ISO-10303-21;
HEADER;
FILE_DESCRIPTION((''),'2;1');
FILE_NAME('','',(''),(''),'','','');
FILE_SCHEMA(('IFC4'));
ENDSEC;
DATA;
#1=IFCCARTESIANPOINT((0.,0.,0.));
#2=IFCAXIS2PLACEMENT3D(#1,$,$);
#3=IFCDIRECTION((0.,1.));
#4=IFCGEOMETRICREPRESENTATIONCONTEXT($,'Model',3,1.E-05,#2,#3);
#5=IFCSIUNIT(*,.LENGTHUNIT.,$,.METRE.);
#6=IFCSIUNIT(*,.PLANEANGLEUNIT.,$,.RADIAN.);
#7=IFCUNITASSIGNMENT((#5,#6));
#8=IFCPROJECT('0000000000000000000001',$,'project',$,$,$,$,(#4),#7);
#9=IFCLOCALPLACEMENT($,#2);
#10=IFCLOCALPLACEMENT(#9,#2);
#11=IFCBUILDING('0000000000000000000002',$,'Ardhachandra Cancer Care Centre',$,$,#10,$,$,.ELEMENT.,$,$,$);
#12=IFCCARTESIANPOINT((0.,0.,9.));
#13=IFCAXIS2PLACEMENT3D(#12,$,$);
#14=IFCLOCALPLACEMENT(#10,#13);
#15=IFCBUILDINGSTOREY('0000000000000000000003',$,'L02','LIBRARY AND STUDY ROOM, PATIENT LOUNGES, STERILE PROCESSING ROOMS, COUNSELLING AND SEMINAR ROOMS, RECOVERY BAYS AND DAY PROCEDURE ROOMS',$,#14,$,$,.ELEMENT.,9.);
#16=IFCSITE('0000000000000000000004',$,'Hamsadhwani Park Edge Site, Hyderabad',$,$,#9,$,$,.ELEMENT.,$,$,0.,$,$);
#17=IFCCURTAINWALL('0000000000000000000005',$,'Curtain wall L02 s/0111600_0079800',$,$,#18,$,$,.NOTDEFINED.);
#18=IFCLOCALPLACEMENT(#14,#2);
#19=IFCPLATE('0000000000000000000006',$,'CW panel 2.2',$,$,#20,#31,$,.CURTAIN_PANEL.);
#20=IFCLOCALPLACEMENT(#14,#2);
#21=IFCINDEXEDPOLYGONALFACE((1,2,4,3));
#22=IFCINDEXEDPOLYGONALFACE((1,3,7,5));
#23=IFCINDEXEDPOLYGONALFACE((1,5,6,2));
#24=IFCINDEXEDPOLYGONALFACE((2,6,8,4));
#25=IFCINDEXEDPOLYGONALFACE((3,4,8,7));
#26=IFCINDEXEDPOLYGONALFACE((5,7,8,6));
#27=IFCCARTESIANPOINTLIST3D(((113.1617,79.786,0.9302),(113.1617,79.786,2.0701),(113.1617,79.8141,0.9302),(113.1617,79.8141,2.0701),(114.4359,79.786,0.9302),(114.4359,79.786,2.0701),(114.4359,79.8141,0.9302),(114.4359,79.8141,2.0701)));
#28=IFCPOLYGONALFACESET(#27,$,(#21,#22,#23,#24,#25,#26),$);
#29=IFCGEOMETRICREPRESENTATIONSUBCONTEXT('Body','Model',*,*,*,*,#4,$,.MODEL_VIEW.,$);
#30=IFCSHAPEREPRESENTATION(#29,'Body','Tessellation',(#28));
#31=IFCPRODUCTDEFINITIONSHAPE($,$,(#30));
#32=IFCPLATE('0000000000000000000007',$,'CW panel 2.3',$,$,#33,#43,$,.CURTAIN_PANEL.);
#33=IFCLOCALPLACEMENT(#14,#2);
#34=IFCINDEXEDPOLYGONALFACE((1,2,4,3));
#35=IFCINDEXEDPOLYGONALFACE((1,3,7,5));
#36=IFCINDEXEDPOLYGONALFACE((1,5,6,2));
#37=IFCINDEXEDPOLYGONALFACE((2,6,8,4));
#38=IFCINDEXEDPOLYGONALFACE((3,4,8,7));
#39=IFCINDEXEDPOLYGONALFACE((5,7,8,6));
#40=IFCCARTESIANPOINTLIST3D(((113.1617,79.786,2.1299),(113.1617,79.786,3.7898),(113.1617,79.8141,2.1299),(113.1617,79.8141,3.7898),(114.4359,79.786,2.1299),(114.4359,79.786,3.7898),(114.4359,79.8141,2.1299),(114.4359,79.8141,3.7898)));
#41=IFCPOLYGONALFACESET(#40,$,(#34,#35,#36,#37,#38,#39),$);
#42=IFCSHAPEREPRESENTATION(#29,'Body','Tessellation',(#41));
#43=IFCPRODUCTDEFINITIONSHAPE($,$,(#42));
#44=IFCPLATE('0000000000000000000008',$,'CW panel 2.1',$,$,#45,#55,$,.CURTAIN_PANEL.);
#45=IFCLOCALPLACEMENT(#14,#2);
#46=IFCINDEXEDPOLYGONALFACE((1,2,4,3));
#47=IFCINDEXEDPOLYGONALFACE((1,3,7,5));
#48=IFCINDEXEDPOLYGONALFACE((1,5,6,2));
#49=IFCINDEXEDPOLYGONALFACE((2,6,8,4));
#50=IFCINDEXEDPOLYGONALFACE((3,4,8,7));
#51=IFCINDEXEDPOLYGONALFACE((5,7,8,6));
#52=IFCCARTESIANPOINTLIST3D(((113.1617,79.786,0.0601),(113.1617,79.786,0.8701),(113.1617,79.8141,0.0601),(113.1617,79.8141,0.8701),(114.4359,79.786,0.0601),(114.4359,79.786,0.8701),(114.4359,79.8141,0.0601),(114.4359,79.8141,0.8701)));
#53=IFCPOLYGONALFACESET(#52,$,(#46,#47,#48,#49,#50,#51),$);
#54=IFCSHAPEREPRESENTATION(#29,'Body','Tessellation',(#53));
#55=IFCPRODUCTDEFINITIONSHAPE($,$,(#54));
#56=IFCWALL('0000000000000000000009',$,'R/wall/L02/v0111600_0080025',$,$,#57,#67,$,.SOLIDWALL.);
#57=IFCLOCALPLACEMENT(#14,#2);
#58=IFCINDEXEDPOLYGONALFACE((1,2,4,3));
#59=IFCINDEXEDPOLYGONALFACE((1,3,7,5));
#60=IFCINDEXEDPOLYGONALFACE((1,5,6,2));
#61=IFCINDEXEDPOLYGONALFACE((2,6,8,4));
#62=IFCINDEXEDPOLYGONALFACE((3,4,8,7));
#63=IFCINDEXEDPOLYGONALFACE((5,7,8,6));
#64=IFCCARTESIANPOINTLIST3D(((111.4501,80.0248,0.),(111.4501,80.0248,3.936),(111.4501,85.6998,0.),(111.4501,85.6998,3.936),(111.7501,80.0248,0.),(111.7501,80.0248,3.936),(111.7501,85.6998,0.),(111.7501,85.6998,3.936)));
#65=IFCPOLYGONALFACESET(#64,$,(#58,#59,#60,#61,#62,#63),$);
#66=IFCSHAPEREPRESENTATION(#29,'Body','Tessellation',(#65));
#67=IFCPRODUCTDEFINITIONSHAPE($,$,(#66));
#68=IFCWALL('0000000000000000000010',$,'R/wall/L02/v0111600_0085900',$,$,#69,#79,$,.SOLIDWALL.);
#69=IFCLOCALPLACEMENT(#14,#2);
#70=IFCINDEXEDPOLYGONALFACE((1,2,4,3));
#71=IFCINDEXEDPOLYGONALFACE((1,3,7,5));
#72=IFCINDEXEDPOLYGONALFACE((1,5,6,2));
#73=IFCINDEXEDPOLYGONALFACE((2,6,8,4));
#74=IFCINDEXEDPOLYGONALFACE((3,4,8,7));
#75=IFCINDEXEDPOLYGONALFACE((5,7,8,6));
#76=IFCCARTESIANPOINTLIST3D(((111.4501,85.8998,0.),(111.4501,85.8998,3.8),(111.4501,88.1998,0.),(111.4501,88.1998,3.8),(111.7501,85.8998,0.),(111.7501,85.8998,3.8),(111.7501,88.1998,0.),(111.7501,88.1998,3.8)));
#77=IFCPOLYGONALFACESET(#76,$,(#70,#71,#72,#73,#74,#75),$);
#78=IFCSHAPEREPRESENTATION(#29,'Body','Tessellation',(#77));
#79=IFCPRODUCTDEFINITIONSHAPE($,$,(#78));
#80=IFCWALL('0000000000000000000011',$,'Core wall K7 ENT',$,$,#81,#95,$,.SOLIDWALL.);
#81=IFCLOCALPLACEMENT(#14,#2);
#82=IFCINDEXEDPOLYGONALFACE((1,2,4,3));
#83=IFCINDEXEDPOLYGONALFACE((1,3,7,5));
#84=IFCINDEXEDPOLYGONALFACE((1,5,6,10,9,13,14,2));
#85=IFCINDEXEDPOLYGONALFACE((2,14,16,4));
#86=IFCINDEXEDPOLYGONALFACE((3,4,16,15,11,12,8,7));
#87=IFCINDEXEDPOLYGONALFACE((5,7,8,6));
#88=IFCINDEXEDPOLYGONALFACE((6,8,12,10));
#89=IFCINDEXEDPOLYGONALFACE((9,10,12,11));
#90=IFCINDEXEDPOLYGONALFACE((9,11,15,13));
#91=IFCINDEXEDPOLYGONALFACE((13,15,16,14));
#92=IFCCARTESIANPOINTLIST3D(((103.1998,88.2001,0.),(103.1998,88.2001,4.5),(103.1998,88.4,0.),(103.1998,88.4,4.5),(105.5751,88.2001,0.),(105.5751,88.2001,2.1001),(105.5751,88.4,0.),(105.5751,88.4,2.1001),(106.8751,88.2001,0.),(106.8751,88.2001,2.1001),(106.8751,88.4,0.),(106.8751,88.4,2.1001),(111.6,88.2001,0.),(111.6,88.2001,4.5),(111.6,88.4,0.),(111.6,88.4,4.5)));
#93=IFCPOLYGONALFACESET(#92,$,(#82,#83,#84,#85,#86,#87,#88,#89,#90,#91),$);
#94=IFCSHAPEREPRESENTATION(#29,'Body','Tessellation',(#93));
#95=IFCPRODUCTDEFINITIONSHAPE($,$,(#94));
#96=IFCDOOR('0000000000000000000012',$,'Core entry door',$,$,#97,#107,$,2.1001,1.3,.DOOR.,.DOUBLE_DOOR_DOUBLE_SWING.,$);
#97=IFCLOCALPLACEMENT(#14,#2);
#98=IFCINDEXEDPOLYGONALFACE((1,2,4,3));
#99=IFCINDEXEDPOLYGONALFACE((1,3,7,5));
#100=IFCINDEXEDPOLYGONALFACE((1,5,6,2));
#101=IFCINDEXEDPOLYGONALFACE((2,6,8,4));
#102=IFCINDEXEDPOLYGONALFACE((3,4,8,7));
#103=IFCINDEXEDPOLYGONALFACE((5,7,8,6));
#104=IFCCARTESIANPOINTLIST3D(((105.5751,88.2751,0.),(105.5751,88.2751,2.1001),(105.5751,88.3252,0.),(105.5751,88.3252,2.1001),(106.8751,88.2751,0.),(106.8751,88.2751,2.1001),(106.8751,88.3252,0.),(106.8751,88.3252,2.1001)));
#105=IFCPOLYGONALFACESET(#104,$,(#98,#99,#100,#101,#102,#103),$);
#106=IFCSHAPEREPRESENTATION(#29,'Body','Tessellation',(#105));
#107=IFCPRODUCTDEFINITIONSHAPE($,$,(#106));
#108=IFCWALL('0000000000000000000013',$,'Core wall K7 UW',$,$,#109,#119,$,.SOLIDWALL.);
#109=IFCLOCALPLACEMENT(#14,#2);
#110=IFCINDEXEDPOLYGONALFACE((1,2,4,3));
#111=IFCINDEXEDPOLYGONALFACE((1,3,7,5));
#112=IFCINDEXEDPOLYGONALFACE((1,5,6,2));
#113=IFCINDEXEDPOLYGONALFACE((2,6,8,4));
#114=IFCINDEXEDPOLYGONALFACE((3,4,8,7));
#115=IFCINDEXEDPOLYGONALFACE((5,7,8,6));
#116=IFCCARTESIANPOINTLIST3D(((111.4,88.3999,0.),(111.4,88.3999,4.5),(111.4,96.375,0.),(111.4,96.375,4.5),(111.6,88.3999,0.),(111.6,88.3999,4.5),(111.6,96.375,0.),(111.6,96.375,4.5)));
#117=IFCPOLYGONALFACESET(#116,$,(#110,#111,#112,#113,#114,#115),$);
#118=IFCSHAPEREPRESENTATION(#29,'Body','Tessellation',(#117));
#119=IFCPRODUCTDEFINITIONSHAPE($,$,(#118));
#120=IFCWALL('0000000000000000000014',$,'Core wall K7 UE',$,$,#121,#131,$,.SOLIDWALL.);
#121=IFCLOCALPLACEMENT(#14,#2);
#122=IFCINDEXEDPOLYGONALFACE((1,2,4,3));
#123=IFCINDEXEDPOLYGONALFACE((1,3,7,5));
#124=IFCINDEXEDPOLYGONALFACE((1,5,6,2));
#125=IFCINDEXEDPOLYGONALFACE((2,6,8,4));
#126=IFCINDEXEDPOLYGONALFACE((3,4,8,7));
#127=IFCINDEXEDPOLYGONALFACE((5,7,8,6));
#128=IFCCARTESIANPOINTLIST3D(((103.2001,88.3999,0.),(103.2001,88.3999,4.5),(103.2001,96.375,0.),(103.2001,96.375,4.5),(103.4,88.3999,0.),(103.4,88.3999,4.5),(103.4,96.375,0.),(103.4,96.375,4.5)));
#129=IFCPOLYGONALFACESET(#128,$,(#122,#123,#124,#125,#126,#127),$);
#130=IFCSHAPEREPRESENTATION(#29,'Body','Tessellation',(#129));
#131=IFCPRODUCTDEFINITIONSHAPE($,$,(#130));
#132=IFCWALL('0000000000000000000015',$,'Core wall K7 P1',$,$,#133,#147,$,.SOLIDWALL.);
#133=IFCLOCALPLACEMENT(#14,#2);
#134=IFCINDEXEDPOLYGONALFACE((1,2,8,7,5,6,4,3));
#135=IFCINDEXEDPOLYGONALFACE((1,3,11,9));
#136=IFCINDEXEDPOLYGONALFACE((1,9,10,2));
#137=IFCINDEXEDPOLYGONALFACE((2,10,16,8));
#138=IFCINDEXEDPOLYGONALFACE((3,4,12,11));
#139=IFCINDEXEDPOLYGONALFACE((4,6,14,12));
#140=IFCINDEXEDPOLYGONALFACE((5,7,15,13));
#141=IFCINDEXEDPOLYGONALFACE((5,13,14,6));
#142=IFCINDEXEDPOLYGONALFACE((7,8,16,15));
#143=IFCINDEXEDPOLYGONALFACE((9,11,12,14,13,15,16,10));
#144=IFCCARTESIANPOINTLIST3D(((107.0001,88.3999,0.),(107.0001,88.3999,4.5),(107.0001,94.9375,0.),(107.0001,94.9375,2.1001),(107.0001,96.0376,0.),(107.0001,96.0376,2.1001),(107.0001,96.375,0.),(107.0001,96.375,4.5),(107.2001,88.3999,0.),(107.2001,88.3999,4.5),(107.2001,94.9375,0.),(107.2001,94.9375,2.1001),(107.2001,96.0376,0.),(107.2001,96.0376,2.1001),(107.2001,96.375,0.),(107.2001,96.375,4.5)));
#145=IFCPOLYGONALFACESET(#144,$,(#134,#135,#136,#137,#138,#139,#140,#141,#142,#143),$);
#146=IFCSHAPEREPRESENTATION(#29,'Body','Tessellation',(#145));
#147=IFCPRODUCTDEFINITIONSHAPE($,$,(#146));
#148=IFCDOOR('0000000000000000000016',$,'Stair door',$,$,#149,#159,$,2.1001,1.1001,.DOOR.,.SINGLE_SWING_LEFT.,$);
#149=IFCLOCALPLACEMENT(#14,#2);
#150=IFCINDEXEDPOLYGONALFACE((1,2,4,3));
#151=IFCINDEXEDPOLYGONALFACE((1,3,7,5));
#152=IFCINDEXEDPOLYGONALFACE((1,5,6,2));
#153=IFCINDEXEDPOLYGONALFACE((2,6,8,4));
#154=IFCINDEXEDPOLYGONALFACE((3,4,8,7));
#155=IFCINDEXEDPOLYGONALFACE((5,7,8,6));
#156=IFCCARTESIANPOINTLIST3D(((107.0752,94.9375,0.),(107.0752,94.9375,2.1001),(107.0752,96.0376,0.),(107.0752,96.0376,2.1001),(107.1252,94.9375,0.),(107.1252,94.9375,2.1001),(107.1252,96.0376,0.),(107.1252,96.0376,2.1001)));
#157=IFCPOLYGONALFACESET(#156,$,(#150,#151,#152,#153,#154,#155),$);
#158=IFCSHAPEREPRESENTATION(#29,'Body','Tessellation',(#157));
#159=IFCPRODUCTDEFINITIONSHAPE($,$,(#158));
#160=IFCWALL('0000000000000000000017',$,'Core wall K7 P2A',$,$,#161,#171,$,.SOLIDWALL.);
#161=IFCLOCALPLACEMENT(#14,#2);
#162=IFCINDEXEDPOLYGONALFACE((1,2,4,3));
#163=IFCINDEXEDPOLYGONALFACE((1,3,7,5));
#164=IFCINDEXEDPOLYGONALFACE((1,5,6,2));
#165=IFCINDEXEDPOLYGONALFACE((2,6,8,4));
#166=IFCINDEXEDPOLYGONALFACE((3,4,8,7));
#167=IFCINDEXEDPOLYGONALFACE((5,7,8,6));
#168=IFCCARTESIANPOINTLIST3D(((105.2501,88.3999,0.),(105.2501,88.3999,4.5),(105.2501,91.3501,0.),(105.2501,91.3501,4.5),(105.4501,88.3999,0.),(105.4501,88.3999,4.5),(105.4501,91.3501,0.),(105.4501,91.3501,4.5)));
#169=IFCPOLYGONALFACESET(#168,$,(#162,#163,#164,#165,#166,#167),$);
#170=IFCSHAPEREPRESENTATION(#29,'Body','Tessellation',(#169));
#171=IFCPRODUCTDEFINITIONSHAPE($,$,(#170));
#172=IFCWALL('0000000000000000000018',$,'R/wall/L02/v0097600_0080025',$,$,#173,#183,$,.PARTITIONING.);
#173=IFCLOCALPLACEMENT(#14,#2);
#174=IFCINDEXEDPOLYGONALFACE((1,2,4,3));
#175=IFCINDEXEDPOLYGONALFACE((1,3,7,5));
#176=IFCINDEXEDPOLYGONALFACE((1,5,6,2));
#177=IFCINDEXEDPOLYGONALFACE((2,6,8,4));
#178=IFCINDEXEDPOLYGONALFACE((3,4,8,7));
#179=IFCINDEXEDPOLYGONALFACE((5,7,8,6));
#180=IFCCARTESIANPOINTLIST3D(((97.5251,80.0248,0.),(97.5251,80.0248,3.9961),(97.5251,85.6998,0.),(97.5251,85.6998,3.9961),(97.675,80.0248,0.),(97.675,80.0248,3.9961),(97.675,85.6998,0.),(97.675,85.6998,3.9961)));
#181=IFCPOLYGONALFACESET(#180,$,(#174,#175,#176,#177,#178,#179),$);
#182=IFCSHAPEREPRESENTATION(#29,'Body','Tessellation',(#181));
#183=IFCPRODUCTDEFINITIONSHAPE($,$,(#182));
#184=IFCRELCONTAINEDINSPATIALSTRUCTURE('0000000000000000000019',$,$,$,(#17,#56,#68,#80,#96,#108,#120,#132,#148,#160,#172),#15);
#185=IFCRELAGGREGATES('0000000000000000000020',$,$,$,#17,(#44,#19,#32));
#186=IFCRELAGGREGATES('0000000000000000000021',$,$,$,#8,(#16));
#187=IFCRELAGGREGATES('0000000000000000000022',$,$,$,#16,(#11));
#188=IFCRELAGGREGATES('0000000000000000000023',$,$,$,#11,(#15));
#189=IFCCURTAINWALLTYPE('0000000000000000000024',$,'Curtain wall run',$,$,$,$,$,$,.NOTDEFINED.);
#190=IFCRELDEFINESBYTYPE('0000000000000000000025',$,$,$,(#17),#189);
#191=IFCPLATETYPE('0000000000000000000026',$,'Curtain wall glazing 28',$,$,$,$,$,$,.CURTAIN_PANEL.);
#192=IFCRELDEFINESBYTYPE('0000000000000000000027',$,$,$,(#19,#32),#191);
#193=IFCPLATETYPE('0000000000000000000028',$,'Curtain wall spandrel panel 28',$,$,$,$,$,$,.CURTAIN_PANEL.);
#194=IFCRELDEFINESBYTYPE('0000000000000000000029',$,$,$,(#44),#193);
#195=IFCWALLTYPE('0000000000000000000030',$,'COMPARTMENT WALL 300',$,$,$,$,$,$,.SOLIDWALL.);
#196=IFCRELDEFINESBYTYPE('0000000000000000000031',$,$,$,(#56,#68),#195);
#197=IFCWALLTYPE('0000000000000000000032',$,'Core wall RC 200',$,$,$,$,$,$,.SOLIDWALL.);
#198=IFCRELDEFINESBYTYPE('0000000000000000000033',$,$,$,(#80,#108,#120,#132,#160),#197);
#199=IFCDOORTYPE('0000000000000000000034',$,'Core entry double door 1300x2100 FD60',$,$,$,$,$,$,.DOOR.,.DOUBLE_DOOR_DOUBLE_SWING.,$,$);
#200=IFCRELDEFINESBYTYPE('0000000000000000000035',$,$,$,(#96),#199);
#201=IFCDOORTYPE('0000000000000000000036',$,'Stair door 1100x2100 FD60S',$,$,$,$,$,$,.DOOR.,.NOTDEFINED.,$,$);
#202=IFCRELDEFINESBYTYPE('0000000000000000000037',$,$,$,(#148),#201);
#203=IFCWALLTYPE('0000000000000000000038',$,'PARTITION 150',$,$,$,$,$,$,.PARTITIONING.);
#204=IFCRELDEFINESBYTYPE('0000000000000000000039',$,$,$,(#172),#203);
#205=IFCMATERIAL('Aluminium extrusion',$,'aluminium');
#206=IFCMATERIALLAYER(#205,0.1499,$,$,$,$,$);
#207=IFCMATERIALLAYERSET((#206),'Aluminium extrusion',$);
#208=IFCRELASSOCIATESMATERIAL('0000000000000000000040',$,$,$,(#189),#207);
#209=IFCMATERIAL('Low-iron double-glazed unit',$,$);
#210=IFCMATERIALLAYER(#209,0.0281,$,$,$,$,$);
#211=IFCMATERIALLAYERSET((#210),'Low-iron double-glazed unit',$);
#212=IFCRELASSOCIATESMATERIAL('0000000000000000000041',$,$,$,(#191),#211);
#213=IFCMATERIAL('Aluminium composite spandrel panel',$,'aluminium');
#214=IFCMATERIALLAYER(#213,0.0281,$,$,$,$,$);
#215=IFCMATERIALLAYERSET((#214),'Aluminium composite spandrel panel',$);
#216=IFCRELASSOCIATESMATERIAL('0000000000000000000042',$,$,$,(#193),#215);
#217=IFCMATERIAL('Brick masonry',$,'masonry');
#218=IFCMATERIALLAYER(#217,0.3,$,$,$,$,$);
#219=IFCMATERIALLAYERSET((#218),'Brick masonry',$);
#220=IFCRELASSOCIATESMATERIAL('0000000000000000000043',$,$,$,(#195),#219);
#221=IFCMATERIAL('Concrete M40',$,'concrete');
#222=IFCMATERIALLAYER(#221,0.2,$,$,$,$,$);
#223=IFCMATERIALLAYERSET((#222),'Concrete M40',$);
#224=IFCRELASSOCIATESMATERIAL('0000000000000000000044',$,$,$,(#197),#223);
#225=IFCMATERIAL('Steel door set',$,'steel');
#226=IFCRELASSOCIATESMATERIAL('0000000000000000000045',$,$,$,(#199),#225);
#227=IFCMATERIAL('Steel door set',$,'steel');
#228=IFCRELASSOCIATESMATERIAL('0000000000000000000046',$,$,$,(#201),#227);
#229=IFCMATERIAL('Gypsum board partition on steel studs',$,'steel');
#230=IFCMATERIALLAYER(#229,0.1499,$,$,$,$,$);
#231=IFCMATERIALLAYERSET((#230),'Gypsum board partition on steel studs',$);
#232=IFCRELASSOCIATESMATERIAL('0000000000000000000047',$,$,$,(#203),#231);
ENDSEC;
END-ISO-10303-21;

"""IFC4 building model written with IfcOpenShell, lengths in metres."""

from ifc_helpers import new_model, si_unit, direction, frame, frame_2d, origin, origin_2d, place, context, subcontext, project, spatial, rectangle, extrude, material, layer, layer_set, type_object, element, fill, aggregate, save


model = new_model("IFC4")

# Units and contexts
model_context = context("Model", 3, precision=1e-05, world=origin(), true_north=direction((0.0, 1.0)))
body_context = subcontext(model_context, "Body", "Model", "MODEL_VIEW")
ifc_project = project(units=[si_unit("LENGTHUNIT", "METRE"), si_unit("PLANEANGLEUNIT", "RADIAN")], contexts=[model_context])

# Site, building, storey
site_placement = place(None, origin())
site = spatial("IfcSite", under=ifc_project, at=site_placement, Name="Hamsadhwani Park Edge Site, Hyderabad", CompositionType="ELEMENT", RefElevation=0.0)
building_placement = place(site_placement, origin())
building = spatial("IfcBuilding", under=site, at=building_placement, Name="Ardhachandra Cancer Care Centre", CompositionType="ELEMENT")
storey_placement = place(building_placement, frame((0.0, 0.0, 9.0)))
storey = spatial("IfcBuildingStorey", under=building, at=storey_placement, Name="L02", Description="LIBRARY AND STUDY ROOM, PATIENT LOUNGES, STERILE PROCESSING ROOMS, COUNSELLING AND SEMINAR ROOMS, RECOVERY BAYS AND DAY PROCEDURE ROOMS", CompositionType="ELEMENT", Elevation=9.0)

# Curtain wall, plates
ifc_material_1 = material(Name="Aluminium extrusion", Category="aluminium")
ifc_layer_1 = layer(ifc_material_1, 0.1499)
ifc_layer_set_1 = layer_set([ifc_layer_1], Name="Aluminium extrusion")
curtain_wall_type = type_object("IfcCurtainWallType", Name="Curtain wall run", PredefinedType="NOTDEFINED", material=ifc_layer_set_1)
curtain_wall_placement = place(storey_placement, origin())
curtain_wall = element("IfcCurtainWall", 1, at=curtain_wall_placement, inside=storey, type_object=curtain_wall_type, Name="Curtain wall L02 s/0111600_0079800", PredefinedType="NOTDEFINED")
ifc_material_2 = material(Name="Low-iron double-glazed unit")
ifc_layer_2 = layer(ifc_material_2, 0.0281)
ifc_layer_set_2 = layer_set([ifc_layer_2], Name="Low-iron double-glazed unit")
plate_type_1 = type_object("IfcPlateType", Name="Curtain wall glazing 28", PredefinedType="CURTAIN_PANEL", material=ifc_layer_set_2)
plate_1_placement = place(storey_placement, frame((113.7988, 79.8, 0.9302), z_axis=(0.0, 0.0, 1.0), x_axis=(1.0, 0.0, 0.0)))
plate_1 = element("IfcPlate", 2, at=plate_1_placement, type_object=plate_type_1, Name="CW panel 2.2", PredefinedType="CURTAIN_PANEL", context=body_context, shape_type="SweptSolid", body=[
    extrude(rectangle(XDim=1.2742, YDim=0.0281, at=origin_2d()), origin(), (0.0, 0.0, 1.0), 1.1399),
])
plate_2_placement = place(storey_placement, frame((113.7988, 79.8, 2.1299), z_axis=(0.0, 0.0, 1.0), x_axis=(1.0, 0.0, 0.0)))
plate_2 = element("IfcPlate", 3, at=plate_2_placement, type_object=plate_type_1, Name="CW panel 2.3", PredefinedType="CURTAIN_PANEL", context=body_context, shape_type="SweptSolid", body=[
    extrude(rectangle(XDim=1.2742, YDim=0.0281, at=origin_2d()), origin(), (0.0, 0.0, 1.0), 1.6599),
])
ifc_material_3 = material(Name="Aluminium composite spandrel panel", Category="aluminium")
ifc_layer_3 = layer(ifc_material_3, 0.0281)
ifc_layer_set_3 = layer_set([ifc_layer_3], Name="Aluminium composite spandrel panel")
plate_type_2 = type_object("IfcPlateType", Name="Curtain wall spandrel panel 28", PredefinedType="CURTAIN_PANEL", material=ifc_layer_set_3)
plate_3_placement = place(storey_placement, frame((113.7988, 79.8, 0.0601), z_axis=(0.0, 0.0, 1.0), x_axis=(1.0, 0.0, 0.0)))
plate_3 = element("IfcPlate", 4, at=plate_3_placement, type_object=plate_type_2, Name="CW panel 2.1", PredefinedType="CURTAIN_PANEL", context=body_context, shape_type="SweptSolid", body=[
    extrude(rectangle(XDim=1.2742, YDim=0.0281, at=origin_2d()), origin(), (0.0, 0.0, 1.0), 0.8101),
])
aggregate(curtain_wall, [plate_3, plate_1, plate_2])

# Walls
ifc_material_4 = material(Name="Brick masonry", Category="masonry")
ifc_layer_4 = layer(ifc_material_4, 0.3)
ifc_layer_set_4 = layer_set([ifc_layer_4], Name="Brick masonry")
wall_type_1 = type_object("IfcWallType", Name="COMPARTMENT WALL 300", PredefinedType="SOLIDWALL", material=ifc_layer_set_4)
wall_1_placement = place(storey_placement, frame((111.6001, 80.0249, 0.0), z_axis=(0.0, 0.0, 1.0), x_axis=(0.0, 1.0, 0.0)))
element("IfcWall", 5, at=wall_1_placement, inside=storey, type_object=wall_type_1, Name="R/wall/L02/v0111600_0080025", PredefinedType="SOLIDWALL", context=body_context, shape_type="SweptSolid", body=[
    extrude(rectangle(XDim=5.675, YDim=0.3, at=frame_2d((2.8374, 0.0))), origin(), (0.0, 0.0, 1.0), 3.936),
])
wall_2_placement = place(storey_placement, frame((111.6001, 85.8999, 0.0), z_axis=(0.0, 0.0, 1.0), x_axis=(0.0, 1.0, 0.0)))
element("IfcWall", 6, at=wall_2_placement, inside=storey, type_object=wall_type_1, Name="R/wall/L02/v0111600_0085900", PredefinedType="SOLIDWALL", context=body_context, shape_type="SweptSolid", body=[
    extrude(rectangle(XDim=2.3, YDim=0.3, at=frame_2d((1.1499, 0.0))), origin(), (0.0, 0.0, 1.0), 3.8),
])

# Wall, opening, door
ifc_material_5 = material(Name="Concrete M40", Category="concrete")
ifc_layer_5 = layer(ifc_material_5, 0.2)
ifc_layer_set_5 = layer_set([ifc_layer_5], Name="Concrete M40")
wall_type_2 = type_object("IfcWallType", Name="Core wall RC 200", PredefinedType="SOLIDWALL", material=ifc_layer_set_5)
wall_3_placement = place(storey_placement, frame((111.6001, 88.3, 0.0), z_axis=(0.0, 0.0, 1.0), x_axis=(-1.0, 0.0, 0.0)))
wall_3 = element("IfcWall", 7, at=wall_3_placement, inside=storey, type_object=wall_type_2, Name="Core wall K7 ENT", PredefinedType="SOLIDWALL", context=body_context, shape_type="SweptSolid", body=[
    extrude(rectangle(XDim=8.4001, YDim=0.2, at=frame_2d((4.2002, 0.0))), origin(), (0.0, 0.0, 1.0), 4.5),
])
opening_1_placement = place(wall_3_placement, frame((4.7251, 0.0, 0.0)))
opening_1 = element("IfcOpeningElement", 8, at=opening_1_placement, cuts=wall_3, PredefinedType="OPENING", context=body_context, shape_type="SweptSolid", body=[
    extrude(rectangle(XDim=1.3, YDim=2.1001, at=frame_2d((0.6499, 1.05))), frame((0.0, 0.1099, 0.0), z_axis=(0.0, -1.0, 0.0), x_axis=(1.0, 0.0, 0.0)), (0.0, 0.0, 1.0), 0.22),
])
ifc_material_6 = material(Name="Steel door set", Category="steel")
door_type_1 = type_object("IfcDoorType", Name="Core entry double door 1300x2100 FD60", OperationType="DOUBLE_DOOR_DOUBLE_SWING", PredefinedType="DOOR", material=ifc_material_6)
door_1_placement = place(opening_1_placement, origin())
door_1 = element("IfcDoor", 9, at=door_1_placement, inside=storey, type_object=door_type_1, Name="Core entry door", OperationType="DOUBLE_DOOR_DOUBLE_SWING", OverallHeight=2.1001, OverallWidth=1.3, PredefinedType="DOOR", context=body_context, shape_type="SweptSolid", body=[
    extrude(rectangle(XDim=1.3, YDim=2.1001, at=frame_2d((0.6499, 1.05))), frame((0.0, 0.0249, 0.0), z_axis=(0.0, -1.0, 0.0), x_axis=(1.0, 0.0, 0.0)), (0.0, 0.0, 1.0), 0.05),
])
fill(opening_1, door_1)

# Walls
for number, where, z_axis, x_axis, name in (
    (10, (111.5, 88.3999, 0.0), (0.0, 0.0, 1.0), (0.0, 1.0, 0.0), "Core wall K7 UW"),
    (11, (103.3, 88.3999, 0.0), (0.0, 0.0, 1.0), (0.0, 1.0, 0.0), "Core wall K7 UE"),
):
    element("IfcWall", number, at=place(storey_placement, frame(where, z_axis=z_axis, x_axis=x_axis)), inside=storey, type_object=wall_type_2, Name=name, PredefinedType="SOLIDWALL", context=body_context, shape_type="SweptSolid", body=[
        extrude(rectangle(XDim=7.9751, YDim=0.2, at=frame_2d((3.9875, 0.0))), origin(), (0.0, 0.0, 1.0), 4.5),
    ])

# Wall, opening, door
wall_4_placement = place(storey_placement, frame((107.1001, 88.3999, 0.0), z_axis=(0.0, 0.0, 1.0), x_axis=(0.0, 1.0, 0.0)))
wall_4 = element("IfcWall", 12, at=wall_4_placement, inside=storey, type_object=wall_type_2, Name="Core wall K7 P1", PredefinedType="SOLIDWALL", context=body_context, shape_type="SweptSolid", body=[
    extrude(rectangle(XDim=7.9751, YDim=0.2, at=frame_2d((3.9875, 0.0))), origin(), (0.0, 0.0, 1.0), 4.5),
])
opening_2_placement = place(wall_4_placement, frame((6.5376, 0.0, 0.0)))
opening_2 = element("IfcOpeningElement", 13, at=opening_2_placement, cuts=wall_4, PredefinedType="OPENING", context=body_context, shape_type="SweptSolid", body=[
    extrude(rectangle(XDim=1.1001, YDim=2.1001, at=frame_2d((0.55, 1.05))), frame((0.0, 0.1099, 0.0), z_axis=(0.0, -1.0, 0.0), x_axis=(1.0, 0.0, 0.0)), (0.0, 0.0, 1.0), 0.22),
])
ifc_material_7 = material(Name="Steel door set", Category="steel")
door_type_2 = type_object("IfcDoorType", Name="Stair door 1100x2100 FD60S", OperationType="NOTDEFINED", PredefinedType="DOOR", material=ifc_material_7)
door_2_placement = place(opening_2_placement, origin())
door_2 = element("IfcDoor", 14, at=door_2_placement, inside=storey, type_object=door_type_2, Name="Stair door", OperationType="SINGLE_SWING_LEFT", OverallHeight=2.1001, OverallWidth=1.1001, PredefinedType="DOOR", context=body_context, shape_type="SweptSolid", body=[
    extrude(rectangle(XDim=1.1001, YDim=2.1001, at=frame_2d((0.55, 1.05))), frame((0.0, 0.0249, 0.0), z_axis=(0.0, -1.0, 0.0), x_axis=(1.0, 0.0, 0.0)), (0.0, 0.0, 1.0), 0.05),
])
fill(opening_2, door_2)

# Walls
wall_5_placement = place(storey_placement, frame((105.3501, 88.3999, 0.0), z_axis=(0.0, 0.0, 1.0), x_axis=(0.0, 1.0, 0.0)))
element("IfcWall", 15, at=wall_5_placement, inside=storey, type_object=wall_type_2, Name="Core wall K7 P2A", PredefinedType="SOLIDWALL", context=body_context, shape_type="SweptSolid", body=[
    extrude(rectangle(XDim=2.9502, YDim=0.2, at=frame_2d((1.4751, 0.0))), origin(), (0.0, 0.0, 1.0), 4.5),
])
ifc_material_8 = material(Name="Gypsum board partition on steel studs", Category="steel")
ifc_layer_6 = layer(ifc_material_8, 0.1499)
ifc_layer_set_6 = layer_set([ifc_layer_6], Name="Gypsum board partition on steel studs")
wall_type_3 = type_object("IfcWallType", Name="PARTITION 150", PredefinedType="PARTITIONING", material=ifc_layer_set_6)
wall_6_placement = place(storey_placement, frame((97.6001, 80.0249, 0.0), z_axis=(0.0, 0.0, 1.0), x_axis=(0.0, 1.0, 0.0)))
element("IfcWall", 16, at=wall_6_placement, inside=storey, type_object=wall_type_3, Name="R/wall/L02/v0097600_0080025", PredefinedType="PARTITIONING", context=body_context, shape_type="SweptSolid", body=[
    extrude(rectangle(XDim=5.675, YDim=0.1499, at=frame_2d((2.8374, 0.0))), origin(), (0.0, 0.0, 1.0), 3.9961),
])

save(model, "model.ifc")
